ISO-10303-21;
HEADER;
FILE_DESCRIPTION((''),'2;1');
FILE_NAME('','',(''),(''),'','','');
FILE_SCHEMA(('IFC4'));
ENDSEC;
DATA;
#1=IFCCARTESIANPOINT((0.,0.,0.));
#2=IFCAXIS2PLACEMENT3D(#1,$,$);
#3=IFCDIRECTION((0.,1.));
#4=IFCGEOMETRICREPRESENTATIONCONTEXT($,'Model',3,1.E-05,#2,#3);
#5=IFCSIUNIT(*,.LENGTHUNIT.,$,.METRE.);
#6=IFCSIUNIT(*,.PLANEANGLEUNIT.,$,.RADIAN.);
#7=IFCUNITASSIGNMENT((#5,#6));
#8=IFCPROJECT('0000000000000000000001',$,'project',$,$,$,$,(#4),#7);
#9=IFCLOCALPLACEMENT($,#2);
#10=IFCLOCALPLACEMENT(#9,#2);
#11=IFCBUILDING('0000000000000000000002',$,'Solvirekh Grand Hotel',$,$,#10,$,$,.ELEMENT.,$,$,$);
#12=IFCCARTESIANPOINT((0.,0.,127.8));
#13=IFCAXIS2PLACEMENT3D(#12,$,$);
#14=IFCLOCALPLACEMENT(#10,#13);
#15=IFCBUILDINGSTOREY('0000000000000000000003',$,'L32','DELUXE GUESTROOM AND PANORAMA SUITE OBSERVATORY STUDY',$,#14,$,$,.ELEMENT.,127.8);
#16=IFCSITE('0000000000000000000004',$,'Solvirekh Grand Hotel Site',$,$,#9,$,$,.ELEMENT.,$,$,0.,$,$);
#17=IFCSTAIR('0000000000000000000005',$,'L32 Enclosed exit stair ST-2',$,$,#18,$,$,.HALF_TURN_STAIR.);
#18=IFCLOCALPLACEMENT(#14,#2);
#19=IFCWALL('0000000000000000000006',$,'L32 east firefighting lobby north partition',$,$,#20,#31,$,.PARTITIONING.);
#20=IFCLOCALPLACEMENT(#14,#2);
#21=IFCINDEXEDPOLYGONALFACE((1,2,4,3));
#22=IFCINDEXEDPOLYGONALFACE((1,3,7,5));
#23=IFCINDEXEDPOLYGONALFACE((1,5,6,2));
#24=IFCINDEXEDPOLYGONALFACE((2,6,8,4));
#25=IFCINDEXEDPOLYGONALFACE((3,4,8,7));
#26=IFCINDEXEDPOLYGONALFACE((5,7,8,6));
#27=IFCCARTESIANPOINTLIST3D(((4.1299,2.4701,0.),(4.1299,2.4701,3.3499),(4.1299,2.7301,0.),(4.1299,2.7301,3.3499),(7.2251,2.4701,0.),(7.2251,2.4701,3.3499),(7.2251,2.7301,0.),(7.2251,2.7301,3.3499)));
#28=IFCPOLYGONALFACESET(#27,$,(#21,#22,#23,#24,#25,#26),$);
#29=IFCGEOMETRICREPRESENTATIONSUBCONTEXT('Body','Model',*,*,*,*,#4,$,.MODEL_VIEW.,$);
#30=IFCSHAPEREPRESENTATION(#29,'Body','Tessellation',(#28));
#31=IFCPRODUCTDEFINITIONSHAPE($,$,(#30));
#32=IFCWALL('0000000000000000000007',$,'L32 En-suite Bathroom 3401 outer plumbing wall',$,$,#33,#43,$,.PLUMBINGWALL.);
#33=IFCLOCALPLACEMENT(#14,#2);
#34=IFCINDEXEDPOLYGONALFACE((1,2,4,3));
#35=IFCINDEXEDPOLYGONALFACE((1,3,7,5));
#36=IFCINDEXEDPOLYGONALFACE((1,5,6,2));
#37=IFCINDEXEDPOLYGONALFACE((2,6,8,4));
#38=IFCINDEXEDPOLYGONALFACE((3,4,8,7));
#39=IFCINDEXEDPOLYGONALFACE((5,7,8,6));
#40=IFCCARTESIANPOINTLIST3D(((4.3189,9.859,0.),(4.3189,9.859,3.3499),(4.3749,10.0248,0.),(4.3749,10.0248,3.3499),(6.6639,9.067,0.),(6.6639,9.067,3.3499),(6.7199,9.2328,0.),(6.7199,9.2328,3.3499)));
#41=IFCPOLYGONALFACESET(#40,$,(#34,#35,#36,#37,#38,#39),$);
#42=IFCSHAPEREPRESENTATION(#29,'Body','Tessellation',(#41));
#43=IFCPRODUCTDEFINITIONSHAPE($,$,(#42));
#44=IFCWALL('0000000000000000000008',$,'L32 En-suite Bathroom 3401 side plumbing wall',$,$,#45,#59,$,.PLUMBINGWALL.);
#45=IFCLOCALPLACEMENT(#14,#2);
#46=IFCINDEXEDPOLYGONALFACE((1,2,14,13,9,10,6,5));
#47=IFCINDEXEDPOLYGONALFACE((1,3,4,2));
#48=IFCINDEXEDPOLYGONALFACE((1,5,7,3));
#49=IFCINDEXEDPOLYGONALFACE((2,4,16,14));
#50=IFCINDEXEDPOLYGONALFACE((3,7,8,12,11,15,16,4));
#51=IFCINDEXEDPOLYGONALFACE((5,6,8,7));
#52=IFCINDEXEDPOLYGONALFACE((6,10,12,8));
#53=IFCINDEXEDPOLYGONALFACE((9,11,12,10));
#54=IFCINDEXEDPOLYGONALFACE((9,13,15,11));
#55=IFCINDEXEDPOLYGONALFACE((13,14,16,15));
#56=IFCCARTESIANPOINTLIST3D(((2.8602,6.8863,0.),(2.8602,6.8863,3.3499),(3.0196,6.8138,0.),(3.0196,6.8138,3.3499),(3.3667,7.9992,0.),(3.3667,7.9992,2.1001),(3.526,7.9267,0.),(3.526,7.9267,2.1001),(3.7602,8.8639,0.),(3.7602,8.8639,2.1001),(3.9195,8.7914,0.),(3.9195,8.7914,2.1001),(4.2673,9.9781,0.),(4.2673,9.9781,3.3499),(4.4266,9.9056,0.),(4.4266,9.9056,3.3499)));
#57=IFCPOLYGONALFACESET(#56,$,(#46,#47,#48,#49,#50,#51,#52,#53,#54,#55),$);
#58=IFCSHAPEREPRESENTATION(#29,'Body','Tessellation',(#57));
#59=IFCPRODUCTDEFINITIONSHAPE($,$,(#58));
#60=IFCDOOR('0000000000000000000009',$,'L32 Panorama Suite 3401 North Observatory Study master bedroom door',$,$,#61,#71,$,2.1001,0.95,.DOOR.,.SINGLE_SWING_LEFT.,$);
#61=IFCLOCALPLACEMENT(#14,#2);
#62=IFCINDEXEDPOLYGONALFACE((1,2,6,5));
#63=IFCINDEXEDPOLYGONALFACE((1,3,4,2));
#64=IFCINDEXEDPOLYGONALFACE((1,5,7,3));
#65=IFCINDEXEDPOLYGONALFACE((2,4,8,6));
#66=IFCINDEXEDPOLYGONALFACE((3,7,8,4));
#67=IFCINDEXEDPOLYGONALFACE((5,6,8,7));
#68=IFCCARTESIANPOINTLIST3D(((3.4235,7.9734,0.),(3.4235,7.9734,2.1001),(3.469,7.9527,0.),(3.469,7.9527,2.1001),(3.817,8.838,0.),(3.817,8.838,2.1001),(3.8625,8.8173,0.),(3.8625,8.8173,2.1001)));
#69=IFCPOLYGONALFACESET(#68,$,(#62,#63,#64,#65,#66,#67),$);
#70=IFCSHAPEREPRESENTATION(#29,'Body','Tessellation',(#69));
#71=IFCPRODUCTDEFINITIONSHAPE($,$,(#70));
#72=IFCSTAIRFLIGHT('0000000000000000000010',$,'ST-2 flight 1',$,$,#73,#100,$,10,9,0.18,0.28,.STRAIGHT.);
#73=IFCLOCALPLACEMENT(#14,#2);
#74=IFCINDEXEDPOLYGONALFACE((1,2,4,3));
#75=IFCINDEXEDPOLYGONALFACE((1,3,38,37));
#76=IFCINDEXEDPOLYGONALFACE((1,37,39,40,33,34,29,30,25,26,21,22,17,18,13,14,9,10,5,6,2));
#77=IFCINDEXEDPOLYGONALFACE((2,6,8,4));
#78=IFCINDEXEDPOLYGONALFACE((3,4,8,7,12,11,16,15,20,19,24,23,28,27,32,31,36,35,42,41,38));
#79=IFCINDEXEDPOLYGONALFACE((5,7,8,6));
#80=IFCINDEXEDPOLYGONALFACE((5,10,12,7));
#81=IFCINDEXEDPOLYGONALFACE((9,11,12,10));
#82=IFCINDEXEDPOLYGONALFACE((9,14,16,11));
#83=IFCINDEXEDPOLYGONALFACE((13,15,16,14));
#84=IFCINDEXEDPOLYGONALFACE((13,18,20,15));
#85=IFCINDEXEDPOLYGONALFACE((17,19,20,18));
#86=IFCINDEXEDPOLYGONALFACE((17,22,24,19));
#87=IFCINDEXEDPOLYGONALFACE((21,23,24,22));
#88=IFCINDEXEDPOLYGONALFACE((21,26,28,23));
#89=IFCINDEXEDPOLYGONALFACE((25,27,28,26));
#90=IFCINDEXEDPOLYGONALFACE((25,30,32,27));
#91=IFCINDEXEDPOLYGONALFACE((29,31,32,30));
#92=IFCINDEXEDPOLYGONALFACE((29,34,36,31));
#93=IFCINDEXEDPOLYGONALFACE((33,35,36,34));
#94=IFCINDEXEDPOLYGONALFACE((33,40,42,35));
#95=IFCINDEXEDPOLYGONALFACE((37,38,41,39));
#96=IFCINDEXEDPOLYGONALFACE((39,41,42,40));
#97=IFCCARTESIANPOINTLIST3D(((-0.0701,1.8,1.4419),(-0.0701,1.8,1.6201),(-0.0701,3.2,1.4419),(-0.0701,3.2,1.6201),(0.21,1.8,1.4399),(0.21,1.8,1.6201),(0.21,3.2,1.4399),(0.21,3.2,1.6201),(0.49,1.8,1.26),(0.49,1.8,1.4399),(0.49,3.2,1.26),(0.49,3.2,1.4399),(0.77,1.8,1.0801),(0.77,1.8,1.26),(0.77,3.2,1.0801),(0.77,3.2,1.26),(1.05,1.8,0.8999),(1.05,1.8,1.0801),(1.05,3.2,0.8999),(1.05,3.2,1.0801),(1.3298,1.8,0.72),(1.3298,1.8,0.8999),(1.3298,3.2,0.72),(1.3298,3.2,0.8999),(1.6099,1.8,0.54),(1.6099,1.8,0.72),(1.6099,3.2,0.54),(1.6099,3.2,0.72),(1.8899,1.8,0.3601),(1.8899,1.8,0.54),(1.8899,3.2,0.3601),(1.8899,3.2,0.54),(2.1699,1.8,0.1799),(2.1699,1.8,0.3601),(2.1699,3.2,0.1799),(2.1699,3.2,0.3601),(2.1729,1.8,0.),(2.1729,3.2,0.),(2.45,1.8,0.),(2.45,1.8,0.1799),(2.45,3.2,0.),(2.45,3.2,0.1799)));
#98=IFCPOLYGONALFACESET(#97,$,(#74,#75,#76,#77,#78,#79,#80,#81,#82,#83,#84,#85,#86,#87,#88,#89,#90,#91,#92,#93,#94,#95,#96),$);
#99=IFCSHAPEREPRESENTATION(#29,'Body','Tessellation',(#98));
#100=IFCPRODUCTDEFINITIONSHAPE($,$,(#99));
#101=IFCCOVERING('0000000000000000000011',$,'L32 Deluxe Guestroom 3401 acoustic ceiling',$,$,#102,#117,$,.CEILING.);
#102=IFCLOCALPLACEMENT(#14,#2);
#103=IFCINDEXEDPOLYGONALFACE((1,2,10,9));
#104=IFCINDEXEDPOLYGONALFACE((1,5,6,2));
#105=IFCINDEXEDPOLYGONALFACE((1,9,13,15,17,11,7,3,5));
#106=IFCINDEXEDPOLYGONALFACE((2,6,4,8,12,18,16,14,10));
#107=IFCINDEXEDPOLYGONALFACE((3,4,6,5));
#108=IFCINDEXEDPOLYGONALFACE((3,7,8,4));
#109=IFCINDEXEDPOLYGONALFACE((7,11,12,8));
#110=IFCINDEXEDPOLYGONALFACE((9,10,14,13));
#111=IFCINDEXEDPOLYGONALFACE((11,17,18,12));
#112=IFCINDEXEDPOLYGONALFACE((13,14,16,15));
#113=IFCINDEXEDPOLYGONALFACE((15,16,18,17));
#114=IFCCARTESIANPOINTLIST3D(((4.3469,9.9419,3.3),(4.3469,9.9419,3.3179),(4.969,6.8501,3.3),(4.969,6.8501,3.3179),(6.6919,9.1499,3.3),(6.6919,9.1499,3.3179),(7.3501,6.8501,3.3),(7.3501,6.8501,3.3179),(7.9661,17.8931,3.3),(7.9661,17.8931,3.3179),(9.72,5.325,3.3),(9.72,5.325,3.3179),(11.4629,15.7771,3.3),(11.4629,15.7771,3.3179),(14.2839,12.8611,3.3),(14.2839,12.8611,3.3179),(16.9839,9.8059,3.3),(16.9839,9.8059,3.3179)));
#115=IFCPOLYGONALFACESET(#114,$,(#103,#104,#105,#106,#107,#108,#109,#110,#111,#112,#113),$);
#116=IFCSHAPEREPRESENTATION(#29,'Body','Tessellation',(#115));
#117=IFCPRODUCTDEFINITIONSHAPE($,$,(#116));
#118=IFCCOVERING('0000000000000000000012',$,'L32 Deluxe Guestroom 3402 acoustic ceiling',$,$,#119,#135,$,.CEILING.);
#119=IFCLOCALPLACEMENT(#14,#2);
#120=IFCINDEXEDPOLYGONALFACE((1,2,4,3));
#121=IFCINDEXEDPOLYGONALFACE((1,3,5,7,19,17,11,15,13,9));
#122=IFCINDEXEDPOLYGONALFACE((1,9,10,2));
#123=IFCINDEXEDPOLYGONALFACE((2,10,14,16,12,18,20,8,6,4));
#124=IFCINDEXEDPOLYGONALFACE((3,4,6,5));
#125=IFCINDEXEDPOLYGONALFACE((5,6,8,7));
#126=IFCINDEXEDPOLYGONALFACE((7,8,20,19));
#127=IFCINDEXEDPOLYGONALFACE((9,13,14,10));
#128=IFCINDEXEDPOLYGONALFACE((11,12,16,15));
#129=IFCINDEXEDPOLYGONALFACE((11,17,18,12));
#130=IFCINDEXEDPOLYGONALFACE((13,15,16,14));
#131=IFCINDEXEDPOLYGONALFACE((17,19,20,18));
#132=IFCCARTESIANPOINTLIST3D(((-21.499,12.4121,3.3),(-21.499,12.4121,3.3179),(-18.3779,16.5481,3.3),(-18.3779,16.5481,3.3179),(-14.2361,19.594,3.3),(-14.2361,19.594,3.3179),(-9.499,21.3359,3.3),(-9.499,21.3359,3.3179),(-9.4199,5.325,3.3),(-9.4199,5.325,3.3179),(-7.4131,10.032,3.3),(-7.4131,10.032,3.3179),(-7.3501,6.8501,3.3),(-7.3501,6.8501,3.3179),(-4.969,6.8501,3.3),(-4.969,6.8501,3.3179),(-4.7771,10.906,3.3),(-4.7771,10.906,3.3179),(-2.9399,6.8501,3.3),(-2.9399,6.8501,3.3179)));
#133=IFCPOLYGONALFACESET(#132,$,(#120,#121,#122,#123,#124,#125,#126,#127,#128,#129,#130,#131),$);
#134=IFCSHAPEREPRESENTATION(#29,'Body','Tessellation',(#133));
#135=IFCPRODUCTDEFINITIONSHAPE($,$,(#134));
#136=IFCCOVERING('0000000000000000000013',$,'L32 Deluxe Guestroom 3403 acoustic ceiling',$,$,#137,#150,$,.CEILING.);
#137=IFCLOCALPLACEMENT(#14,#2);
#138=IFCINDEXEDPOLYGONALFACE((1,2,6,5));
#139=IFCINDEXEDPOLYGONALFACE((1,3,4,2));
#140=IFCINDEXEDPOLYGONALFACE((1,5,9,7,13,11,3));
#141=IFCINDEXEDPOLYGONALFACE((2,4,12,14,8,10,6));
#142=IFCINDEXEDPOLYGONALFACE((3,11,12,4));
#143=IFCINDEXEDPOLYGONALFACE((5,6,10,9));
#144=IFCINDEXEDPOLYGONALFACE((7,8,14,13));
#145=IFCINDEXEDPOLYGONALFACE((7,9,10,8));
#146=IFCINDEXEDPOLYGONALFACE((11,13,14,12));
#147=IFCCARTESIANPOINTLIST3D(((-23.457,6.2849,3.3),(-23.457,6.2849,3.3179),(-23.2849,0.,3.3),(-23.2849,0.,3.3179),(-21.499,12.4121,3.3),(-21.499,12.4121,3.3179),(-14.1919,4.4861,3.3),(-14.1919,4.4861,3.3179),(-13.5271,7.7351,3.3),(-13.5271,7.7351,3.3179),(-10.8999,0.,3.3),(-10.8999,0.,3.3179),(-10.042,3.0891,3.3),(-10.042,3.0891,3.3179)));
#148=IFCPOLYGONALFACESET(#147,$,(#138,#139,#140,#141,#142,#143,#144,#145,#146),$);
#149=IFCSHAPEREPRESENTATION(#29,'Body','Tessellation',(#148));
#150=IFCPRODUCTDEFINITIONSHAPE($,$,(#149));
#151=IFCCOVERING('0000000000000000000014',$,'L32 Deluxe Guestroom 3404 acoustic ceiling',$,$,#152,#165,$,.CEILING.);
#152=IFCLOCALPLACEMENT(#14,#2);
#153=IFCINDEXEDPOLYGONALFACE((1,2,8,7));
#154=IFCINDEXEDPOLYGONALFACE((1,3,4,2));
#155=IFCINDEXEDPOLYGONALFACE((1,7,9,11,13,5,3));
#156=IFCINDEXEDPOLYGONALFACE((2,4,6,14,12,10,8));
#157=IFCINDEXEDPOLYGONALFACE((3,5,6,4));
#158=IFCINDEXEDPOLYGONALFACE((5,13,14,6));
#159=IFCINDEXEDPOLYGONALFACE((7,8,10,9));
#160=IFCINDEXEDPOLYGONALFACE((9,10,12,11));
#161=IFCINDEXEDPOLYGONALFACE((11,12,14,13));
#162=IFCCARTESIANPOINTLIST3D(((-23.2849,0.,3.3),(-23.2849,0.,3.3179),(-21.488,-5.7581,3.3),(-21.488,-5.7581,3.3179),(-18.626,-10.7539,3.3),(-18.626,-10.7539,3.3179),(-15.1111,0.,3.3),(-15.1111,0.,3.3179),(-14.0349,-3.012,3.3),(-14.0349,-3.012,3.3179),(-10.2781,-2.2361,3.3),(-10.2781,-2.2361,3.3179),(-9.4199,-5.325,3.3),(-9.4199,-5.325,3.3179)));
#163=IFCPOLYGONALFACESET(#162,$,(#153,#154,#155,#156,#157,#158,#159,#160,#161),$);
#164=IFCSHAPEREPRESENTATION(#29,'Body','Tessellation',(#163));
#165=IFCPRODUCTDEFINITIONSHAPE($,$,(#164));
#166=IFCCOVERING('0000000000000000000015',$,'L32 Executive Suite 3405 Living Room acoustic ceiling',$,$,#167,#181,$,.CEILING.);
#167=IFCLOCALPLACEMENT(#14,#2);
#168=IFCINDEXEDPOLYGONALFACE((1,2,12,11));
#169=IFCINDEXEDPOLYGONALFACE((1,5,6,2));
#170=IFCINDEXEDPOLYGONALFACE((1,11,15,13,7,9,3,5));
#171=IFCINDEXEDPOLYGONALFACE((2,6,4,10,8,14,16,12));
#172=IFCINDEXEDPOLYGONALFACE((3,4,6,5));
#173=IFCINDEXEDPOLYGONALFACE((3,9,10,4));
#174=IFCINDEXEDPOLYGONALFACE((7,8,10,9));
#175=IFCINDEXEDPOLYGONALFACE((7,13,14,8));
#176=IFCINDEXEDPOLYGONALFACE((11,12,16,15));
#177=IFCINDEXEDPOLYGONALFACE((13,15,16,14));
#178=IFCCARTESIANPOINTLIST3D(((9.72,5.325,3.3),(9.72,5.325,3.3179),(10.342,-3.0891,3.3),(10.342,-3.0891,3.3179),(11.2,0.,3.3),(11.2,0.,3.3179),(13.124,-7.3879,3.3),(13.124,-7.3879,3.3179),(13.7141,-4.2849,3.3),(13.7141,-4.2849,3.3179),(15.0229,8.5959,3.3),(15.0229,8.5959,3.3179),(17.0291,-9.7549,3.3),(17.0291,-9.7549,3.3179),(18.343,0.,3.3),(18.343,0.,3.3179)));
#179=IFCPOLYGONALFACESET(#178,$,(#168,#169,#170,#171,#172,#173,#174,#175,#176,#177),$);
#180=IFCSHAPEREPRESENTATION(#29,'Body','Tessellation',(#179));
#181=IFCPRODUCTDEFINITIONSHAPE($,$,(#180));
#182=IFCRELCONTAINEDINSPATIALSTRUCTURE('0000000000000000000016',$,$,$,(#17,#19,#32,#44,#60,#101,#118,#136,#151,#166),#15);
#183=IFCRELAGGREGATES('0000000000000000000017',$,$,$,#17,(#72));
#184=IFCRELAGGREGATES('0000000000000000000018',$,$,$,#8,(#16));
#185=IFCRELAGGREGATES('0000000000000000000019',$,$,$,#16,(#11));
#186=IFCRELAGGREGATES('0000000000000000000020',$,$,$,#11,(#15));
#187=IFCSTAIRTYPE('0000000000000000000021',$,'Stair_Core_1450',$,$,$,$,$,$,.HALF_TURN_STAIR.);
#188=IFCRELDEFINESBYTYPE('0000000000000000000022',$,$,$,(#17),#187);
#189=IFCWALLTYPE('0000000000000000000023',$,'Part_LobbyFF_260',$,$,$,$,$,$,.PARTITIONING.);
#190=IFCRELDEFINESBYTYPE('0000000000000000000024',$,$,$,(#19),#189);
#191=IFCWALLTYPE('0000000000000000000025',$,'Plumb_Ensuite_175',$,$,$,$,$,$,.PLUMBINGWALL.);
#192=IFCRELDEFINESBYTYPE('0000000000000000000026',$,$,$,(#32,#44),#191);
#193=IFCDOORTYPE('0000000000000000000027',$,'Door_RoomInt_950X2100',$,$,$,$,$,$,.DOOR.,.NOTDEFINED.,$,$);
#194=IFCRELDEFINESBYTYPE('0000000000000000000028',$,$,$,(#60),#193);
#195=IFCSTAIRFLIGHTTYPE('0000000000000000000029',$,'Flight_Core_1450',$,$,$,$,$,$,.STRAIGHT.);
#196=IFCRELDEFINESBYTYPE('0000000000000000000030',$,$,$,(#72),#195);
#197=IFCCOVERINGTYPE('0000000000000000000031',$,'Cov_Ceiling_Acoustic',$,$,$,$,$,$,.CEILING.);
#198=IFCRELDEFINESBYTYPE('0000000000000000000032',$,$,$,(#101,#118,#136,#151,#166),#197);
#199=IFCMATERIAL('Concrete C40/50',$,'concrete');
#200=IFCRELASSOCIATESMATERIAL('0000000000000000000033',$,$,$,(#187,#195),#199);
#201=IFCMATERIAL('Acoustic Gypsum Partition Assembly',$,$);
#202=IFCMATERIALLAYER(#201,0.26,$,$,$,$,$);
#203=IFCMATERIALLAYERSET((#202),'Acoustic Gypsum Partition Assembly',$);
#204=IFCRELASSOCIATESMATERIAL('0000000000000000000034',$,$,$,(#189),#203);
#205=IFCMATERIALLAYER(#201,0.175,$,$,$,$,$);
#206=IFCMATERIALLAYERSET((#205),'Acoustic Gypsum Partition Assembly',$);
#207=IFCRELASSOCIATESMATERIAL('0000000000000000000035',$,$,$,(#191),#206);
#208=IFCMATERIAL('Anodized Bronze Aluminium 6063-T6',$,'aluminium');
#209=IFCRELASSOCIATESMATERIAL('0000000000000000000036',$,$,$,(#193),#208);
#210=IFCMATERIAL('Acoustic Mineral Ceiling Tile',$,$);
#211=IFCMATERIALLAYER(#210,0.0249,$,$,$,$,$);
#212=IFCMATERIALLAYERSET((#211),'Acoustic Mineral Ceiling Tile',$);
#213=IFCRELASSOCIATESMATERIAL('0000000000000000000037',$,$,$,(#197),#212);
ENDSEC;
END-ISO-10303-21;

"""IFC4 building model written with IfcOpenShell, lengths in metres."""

from ifc_helpers import new_model, si_unit, direction, frame, frame_2d, origin, place, context, subcontext, project, spatial, polyline, rectangle, outline, extrude, material, layer, layer_set, type_object, element, fill, aggregate, save


model = new_model("IFC4")

# Units and contexts
model_context = context("Model", 3, precision=1e-05, world=origin(), true_north=direction((0.0, 1.0)))
body_context = subcontext(model_context, "Body", "Model", "MODEL_VIEW")
ifc_project = project(units=[si_unit("LENGTHUNIT", "METRE"), si_unit("PLANEANGLEUNIT", "RADIAN")], contexts=[model_context])

# Site, building, storey
site_placement = place(None, origin())
site = spatial("IfcSite", under=ifc_project, at=site_placement, Name="Solvirekh Grand Hotel Site", CompositionType="ELEMENT", RefElevation=0.0)
building_placement = place(site_placement, origin())
building = spatial("IfcBuilding", under=site, at=building_placement, Name="Solvirekh Grand Hotel", CompositionType="ELEMENT")
storey_placement = place(building_placement, frame((0.0, 0.0, 127.8)))
storey = spatial("IfcBuildingStorey", under=building, at=storey_placement, Name="L32", Description="DELUXE GUESTROOM AND PANORAMA SUITE OBSERVATORY STUDY", CompositionType="ELEMENT", Elevation=127.8)

# Stair
ifc_material_1 = material(Name="Concrete C40/50", Category="concrete")
stair_type = type_object("IfcStairType", Name="Stair_Core_1450", PredefinedType="HALF_TURN_STAIR", material=ifc_material_1)
stair_1_placement = place(storey_placement, origin())
stair_1 = element("IfcStair", 1, at=stair_1_placement, inside=storey, type_object=stair_type, Name="L32 Enclosed exit stair ST-2", PredefinedType="HALF_TURN_STAIR")

# Walls
ifc_material_2 = material(Name="Acoustic Gypsum Partition Assembly")
ifc_layer_1 = layer(ifc_material_2, 0.26)
ifc_layer_set_1 = layer_set([ifc_layer_1], Name="Acoustic Gypsum Partition Assembly")
wall_type_1 = type_object("IfcWallType", Name="Part_LobbyFF_260", PredefinedType="PARTITIONING", material=ifc_layer_set_1)
wall_1_placement = place(storey_placement, frame((4.1299, 2.6001, 0.0), z_axis=(0.0, 0.0, 1.0), x_axis=(1.0, 0.0, 0.0)))
element("IfcWall", 2, at=wall_1_placement, inside=storey, type_object=wall_type_1, Name="L32 east firefighting lobby north partition", PredefinedType="PARTITIONING", context=body_context, shape_type="SweptSolid", body=[
    extrude(rectangle(XDim=3.0952, YDim=0.26, at=frame_2d((1.5476, 0.0))), origin(), (0.0, 0.0, 1.0), 3.3499),
])
ifc_layer_2 = layer(ifc_material_2, 0.175)
ifc_layer_set_2 = layer_set([ifc_layer_2], Name="Acoustic Gypsum Partition Assembly")
wall_type_2 = type_object("IfcWallType", Name="Plumb_Ensuite_175", PredefinedType="PLUMBINGWALL", material=ifc_layer_set_2)
wall_2_placement = place(storey_placement, frame((4.3469, 9.9419, 0.0), z_axis=(0.0, 0.0, 1.0), x_axis=(0.947423, -0.319983, 0.0)))
element("IfcWall", 3, at=wall_2_placement, inside=storey, type_object=wall_type_2, Name="L32 En-suite Bathroom 3401 outer plumbing wall", PredefinedType="PLUMBINGWALL", context=body_context, shape_type="SweptSolid", body=[
    extrude(rectangle(XDim=2.4751, YDim=0.175, at=frame_2d((1.2375, 0.0))), origin(), (0.0, 0.0, 1.0), 3.3499),
])

# Wall, opening, door
wall_3_placement = place(storey_placement, frame((4.3469, 9.9419, 0.0), z_axis=(0.0, 0.0, 1.0), x_axis=(-0.414198, -0.910187, 0.0)))
wall_3 = element("IfcWall", 4, at=wall_3_placement, inside=storey, type_object=wall_type_2, Name="L32 En-suite Bathroom 3401 side plumbing wall", PredefinedType="PLUMBINGWALL", context=body_context, shape_type="SweptSolid", body=[
    extrude(rectangle(XDim=3.397, YDim=0.175, at=frame_2d((1.6985, 0.0))), origin(), (0.0, 0.0, 1.0), 3.3499),
])
opening_1_placement = place(wall_3_placement, frame((1.2241, 0.0, 0.0)))
opening_1 = element("IfcOpeningElement", 5, at=opening_1_placement, cuts=wall_3, PredefinedType="OPENING", context=body_context, shape_type="SweptSolid", body=[
    extrude(rectangle(XDim=0.95, YDim=2.1001, at=frame_2d((0.4751, 1.05))), frame((0.0, 0.0977, 0.0), z_axis=(0.0, -1.0, 0.0), x_axis=(1.0, 0.0, 0.0)), (0.0, 0.0, 1.0), 0.1951),
])
ifc_material_3 = material(Name="Anodized Bronze Aluminium 6063-T6", Category="aluminium")
door_type = type_object("IfcDoorType", Name="Door_RoomInt_950X2100", OperationType="NOTDEFINED", PredefinedType="DOOR", material=ifc_material_3)
door_placement = place(opening_1_placement, origin())
door = element("IfcDoor", 6, at=door_placement, inside=storey, type_object=door_type, Name="L32 Panorama Suite 3401 North Observatory Study master bedroom door", OperationType="SINGLE_SWING_LEFT", OverallHeight=2.1001, OverallWidth=0.95, PredefinedType="DOOR", context=body_context, shape_type="SweptSolid", body=[
    extrude(rectangle(XDim=0.95, YDim=2.1001, at=frame_2d((0.4751, 1.05))), frame((0.0, 0.0249, 0.0), z_axis=(0.0, -1.0, 0.0), x_axis=(1.0, 0.0, 0.0)), (0.0, 0.0, 1.0), 0.05),
])
fill(opening_1, door)

# Stair flight
stair_flight_type = type_object("IfcStairFlightType", Name="Flight_Core_1450", PredefinedType="STRAIGHT", material=ifc_material_1)
stair_flight_placement = place(storey_placement, frame((2.45, 2.5, 0.0), z_axis=(0.0, 0.0, 1.0), x_axis=(-1.0, 0.0, 0.0)))
stair_flight = element("IfcStairFlight", 7, at=stair_flight_placement, type_object=stair_flight_type, Name="ST-2 flight 1", NumberOfRisers=10, NumberOfTreads=9, PredefinedType="STRAIGHT", RiserHeight=0.18, TreadLength=0.28, context=body_context, shape_type="SweptSolid", body=[
    extrude(outline(polyline([(0.0, 0.0), (0.0, 0.1799), (0.28, 0.1799), (0.28, 0.3601), (0.5601, 0.3601), (0.5601, 0.54), (0.8401, 0.54), (0.8401, 0.72), (1.1201, 0.72), (1.1201, 0.8999), (1.3999, 0.8999), (1.3999, 1.0801), (1.6799, 1.0801), (1.6799, 1.26), (1.96, 1.26), (1.96, 1.4399), (2.24, 1.4399), (2.24, 1.6201), (2.52, 1.6201), (2.52, 1.8), (2.52, 1.4419), (0.2771, 0.0), (0.0, 0.0)])), frame((0.0, 0.7, 0.0), z_axis=(0.0, -1.0, 0.0), x_axis=(1.0, 0.0, 0.0)), (0.0, 0.0, 1.0), 1.3999),
])
aggregate(stair_1, [stair_flight])

# Coverings
ifc_material_4 = material(Name="Acoustic Mineral Ceiling Tile")
ifc_layer_3 = layer(ifc_material_4, 0.0249)
ifc_layer_set_3 = layer_set([ifc_layer_3], Name="Acoustic Mineral Ceiling Tile")
covering_type_1 = type_object("IfcCoveringType", Name="Cov_Ceiling_Acoustic", PredefinedType="CEILING", material=ifc_layer_set_3)
covering_1_placement = place(storey_placement, frame((0.0, 0.0, 3.3)))
element("IfcCovering", 8, at=covering_1_placement, inside=storey, type_object=covering_type_1, Name="L32 Deluxe Guestroom 3401 acoustic ceiling", PredefinedType="CEILING", context=body_context, shape_type="SweptSolid", body=[
    extrude(outline(polyline([(4.3469, 9.9419), (6.6919, 9.1499), (4.969, 6.8501), (7.3501, 6.8501), (9.72, 5.325), (16.9839, 9.8059), (14.2839, 12.8611), (11.4629, 15.7771), (7.9661, 17.8931), (4.3469, 9.9419)])), origin(), (0.0, 0.0, 1.0), 0.0178),
])
covering_2_placement = place(storey_placement, frame((0.0, 0.0, 3.3)))
element("IfcCovering", 9, at=covering_2_placement, inside=storey, type_object=covering_type_1, Name="L32 Deluxe Guestroom 3402 acoustic ceiling", PredefinedType="CEILING", context=body_context, shape_type="SweptSolid", body=[
    extrude(outline(polyline([(-4.969, 6.8501), (-7.4131, 10.032), (-4.7771, 10.906), (-2.9399, 6.8501), (-9.499, 21.3359), (-14.2361, 19.594), (-18.3779, 16.5481), (-21.499, 12.4121), (-9.4199, 5.325), (-7.3501, 6.8501), (-4.969, 6.8501)])), origin(), (0.0, 0.0, 1.0), 0.0178),
])
covering_3_placement = place(storey_placement, frame((0.0, 0.0, 3.3)))
element("IfcCovering", 10, at=covering_3_placement, inside=storey, type_object=covering_type_1, Name="L32 Deluxe Guestroom 3403 acoustic ceiling", PredefinedType="CEILING", context=body_context, shape_type="SweptSolid", body=[
    extrude(outline(polyline([(-14.1919, 4.4861), (-13.5271, 7.7351), (-21.499, 12.4121), (-23.457, 6.2849), (-23.2849, 0.0), (-10.8999, 0.0), (-10.042, 3.0891), (-14.1919, 4.4861)])), origin(), (0.0, 0.0, 1.0), 0.0178),
])
covering_4_placement = place(storey_placement, frame((0.0, 0.0, 3.3)))
element("IfcCovering", 11, at=covering_4_placement, inside=storey, type_object=covering_type_1, Name="L32 Deluxe Guestroom 3404 acoustic ceiling", PredefinedType="CEILING", context=body_context, shape_type="SweptSolid", body=[
    extrude(outline(polyline([(-14.0349, -3.012), (-15.1111, 0.0), (-23.2849, 0.0), (-21.488, -5.7581), (-18.626, -10.7539), (-9.4199, -5.325), (-10.2781, -2.2361), (-14.0349, -3.012)])), origin(), (0.0, 0.0, 1.0), 0.0178),
])
covering_5_placement = place(storey_placement, frame((0.0, 0.0, 3.3)))
element("IfcCovering", 12, at=covering_5_placement, inside=storey, type_object=covering_type_1, Name="L32 Executive Suite 3405 Living Room acoustic ceiling", PredefinedType="CEILING", context=body_context, shape_type="SweptSolid", body=[
    extrude(outline(polyline([(13.7141, -4.2849), (13.124, -7.3879), (17.0291, -9.7549), (18.343, 0.0), (15.0229, 8.5959), (9.72, 5.325), (11.2, 0.0), (10.342, -3.0891), (13.7141, -4.2849)])), origin(), (0.0, 0.0, 1.0), 0.0178),
])

save(model, "model.ifc")
